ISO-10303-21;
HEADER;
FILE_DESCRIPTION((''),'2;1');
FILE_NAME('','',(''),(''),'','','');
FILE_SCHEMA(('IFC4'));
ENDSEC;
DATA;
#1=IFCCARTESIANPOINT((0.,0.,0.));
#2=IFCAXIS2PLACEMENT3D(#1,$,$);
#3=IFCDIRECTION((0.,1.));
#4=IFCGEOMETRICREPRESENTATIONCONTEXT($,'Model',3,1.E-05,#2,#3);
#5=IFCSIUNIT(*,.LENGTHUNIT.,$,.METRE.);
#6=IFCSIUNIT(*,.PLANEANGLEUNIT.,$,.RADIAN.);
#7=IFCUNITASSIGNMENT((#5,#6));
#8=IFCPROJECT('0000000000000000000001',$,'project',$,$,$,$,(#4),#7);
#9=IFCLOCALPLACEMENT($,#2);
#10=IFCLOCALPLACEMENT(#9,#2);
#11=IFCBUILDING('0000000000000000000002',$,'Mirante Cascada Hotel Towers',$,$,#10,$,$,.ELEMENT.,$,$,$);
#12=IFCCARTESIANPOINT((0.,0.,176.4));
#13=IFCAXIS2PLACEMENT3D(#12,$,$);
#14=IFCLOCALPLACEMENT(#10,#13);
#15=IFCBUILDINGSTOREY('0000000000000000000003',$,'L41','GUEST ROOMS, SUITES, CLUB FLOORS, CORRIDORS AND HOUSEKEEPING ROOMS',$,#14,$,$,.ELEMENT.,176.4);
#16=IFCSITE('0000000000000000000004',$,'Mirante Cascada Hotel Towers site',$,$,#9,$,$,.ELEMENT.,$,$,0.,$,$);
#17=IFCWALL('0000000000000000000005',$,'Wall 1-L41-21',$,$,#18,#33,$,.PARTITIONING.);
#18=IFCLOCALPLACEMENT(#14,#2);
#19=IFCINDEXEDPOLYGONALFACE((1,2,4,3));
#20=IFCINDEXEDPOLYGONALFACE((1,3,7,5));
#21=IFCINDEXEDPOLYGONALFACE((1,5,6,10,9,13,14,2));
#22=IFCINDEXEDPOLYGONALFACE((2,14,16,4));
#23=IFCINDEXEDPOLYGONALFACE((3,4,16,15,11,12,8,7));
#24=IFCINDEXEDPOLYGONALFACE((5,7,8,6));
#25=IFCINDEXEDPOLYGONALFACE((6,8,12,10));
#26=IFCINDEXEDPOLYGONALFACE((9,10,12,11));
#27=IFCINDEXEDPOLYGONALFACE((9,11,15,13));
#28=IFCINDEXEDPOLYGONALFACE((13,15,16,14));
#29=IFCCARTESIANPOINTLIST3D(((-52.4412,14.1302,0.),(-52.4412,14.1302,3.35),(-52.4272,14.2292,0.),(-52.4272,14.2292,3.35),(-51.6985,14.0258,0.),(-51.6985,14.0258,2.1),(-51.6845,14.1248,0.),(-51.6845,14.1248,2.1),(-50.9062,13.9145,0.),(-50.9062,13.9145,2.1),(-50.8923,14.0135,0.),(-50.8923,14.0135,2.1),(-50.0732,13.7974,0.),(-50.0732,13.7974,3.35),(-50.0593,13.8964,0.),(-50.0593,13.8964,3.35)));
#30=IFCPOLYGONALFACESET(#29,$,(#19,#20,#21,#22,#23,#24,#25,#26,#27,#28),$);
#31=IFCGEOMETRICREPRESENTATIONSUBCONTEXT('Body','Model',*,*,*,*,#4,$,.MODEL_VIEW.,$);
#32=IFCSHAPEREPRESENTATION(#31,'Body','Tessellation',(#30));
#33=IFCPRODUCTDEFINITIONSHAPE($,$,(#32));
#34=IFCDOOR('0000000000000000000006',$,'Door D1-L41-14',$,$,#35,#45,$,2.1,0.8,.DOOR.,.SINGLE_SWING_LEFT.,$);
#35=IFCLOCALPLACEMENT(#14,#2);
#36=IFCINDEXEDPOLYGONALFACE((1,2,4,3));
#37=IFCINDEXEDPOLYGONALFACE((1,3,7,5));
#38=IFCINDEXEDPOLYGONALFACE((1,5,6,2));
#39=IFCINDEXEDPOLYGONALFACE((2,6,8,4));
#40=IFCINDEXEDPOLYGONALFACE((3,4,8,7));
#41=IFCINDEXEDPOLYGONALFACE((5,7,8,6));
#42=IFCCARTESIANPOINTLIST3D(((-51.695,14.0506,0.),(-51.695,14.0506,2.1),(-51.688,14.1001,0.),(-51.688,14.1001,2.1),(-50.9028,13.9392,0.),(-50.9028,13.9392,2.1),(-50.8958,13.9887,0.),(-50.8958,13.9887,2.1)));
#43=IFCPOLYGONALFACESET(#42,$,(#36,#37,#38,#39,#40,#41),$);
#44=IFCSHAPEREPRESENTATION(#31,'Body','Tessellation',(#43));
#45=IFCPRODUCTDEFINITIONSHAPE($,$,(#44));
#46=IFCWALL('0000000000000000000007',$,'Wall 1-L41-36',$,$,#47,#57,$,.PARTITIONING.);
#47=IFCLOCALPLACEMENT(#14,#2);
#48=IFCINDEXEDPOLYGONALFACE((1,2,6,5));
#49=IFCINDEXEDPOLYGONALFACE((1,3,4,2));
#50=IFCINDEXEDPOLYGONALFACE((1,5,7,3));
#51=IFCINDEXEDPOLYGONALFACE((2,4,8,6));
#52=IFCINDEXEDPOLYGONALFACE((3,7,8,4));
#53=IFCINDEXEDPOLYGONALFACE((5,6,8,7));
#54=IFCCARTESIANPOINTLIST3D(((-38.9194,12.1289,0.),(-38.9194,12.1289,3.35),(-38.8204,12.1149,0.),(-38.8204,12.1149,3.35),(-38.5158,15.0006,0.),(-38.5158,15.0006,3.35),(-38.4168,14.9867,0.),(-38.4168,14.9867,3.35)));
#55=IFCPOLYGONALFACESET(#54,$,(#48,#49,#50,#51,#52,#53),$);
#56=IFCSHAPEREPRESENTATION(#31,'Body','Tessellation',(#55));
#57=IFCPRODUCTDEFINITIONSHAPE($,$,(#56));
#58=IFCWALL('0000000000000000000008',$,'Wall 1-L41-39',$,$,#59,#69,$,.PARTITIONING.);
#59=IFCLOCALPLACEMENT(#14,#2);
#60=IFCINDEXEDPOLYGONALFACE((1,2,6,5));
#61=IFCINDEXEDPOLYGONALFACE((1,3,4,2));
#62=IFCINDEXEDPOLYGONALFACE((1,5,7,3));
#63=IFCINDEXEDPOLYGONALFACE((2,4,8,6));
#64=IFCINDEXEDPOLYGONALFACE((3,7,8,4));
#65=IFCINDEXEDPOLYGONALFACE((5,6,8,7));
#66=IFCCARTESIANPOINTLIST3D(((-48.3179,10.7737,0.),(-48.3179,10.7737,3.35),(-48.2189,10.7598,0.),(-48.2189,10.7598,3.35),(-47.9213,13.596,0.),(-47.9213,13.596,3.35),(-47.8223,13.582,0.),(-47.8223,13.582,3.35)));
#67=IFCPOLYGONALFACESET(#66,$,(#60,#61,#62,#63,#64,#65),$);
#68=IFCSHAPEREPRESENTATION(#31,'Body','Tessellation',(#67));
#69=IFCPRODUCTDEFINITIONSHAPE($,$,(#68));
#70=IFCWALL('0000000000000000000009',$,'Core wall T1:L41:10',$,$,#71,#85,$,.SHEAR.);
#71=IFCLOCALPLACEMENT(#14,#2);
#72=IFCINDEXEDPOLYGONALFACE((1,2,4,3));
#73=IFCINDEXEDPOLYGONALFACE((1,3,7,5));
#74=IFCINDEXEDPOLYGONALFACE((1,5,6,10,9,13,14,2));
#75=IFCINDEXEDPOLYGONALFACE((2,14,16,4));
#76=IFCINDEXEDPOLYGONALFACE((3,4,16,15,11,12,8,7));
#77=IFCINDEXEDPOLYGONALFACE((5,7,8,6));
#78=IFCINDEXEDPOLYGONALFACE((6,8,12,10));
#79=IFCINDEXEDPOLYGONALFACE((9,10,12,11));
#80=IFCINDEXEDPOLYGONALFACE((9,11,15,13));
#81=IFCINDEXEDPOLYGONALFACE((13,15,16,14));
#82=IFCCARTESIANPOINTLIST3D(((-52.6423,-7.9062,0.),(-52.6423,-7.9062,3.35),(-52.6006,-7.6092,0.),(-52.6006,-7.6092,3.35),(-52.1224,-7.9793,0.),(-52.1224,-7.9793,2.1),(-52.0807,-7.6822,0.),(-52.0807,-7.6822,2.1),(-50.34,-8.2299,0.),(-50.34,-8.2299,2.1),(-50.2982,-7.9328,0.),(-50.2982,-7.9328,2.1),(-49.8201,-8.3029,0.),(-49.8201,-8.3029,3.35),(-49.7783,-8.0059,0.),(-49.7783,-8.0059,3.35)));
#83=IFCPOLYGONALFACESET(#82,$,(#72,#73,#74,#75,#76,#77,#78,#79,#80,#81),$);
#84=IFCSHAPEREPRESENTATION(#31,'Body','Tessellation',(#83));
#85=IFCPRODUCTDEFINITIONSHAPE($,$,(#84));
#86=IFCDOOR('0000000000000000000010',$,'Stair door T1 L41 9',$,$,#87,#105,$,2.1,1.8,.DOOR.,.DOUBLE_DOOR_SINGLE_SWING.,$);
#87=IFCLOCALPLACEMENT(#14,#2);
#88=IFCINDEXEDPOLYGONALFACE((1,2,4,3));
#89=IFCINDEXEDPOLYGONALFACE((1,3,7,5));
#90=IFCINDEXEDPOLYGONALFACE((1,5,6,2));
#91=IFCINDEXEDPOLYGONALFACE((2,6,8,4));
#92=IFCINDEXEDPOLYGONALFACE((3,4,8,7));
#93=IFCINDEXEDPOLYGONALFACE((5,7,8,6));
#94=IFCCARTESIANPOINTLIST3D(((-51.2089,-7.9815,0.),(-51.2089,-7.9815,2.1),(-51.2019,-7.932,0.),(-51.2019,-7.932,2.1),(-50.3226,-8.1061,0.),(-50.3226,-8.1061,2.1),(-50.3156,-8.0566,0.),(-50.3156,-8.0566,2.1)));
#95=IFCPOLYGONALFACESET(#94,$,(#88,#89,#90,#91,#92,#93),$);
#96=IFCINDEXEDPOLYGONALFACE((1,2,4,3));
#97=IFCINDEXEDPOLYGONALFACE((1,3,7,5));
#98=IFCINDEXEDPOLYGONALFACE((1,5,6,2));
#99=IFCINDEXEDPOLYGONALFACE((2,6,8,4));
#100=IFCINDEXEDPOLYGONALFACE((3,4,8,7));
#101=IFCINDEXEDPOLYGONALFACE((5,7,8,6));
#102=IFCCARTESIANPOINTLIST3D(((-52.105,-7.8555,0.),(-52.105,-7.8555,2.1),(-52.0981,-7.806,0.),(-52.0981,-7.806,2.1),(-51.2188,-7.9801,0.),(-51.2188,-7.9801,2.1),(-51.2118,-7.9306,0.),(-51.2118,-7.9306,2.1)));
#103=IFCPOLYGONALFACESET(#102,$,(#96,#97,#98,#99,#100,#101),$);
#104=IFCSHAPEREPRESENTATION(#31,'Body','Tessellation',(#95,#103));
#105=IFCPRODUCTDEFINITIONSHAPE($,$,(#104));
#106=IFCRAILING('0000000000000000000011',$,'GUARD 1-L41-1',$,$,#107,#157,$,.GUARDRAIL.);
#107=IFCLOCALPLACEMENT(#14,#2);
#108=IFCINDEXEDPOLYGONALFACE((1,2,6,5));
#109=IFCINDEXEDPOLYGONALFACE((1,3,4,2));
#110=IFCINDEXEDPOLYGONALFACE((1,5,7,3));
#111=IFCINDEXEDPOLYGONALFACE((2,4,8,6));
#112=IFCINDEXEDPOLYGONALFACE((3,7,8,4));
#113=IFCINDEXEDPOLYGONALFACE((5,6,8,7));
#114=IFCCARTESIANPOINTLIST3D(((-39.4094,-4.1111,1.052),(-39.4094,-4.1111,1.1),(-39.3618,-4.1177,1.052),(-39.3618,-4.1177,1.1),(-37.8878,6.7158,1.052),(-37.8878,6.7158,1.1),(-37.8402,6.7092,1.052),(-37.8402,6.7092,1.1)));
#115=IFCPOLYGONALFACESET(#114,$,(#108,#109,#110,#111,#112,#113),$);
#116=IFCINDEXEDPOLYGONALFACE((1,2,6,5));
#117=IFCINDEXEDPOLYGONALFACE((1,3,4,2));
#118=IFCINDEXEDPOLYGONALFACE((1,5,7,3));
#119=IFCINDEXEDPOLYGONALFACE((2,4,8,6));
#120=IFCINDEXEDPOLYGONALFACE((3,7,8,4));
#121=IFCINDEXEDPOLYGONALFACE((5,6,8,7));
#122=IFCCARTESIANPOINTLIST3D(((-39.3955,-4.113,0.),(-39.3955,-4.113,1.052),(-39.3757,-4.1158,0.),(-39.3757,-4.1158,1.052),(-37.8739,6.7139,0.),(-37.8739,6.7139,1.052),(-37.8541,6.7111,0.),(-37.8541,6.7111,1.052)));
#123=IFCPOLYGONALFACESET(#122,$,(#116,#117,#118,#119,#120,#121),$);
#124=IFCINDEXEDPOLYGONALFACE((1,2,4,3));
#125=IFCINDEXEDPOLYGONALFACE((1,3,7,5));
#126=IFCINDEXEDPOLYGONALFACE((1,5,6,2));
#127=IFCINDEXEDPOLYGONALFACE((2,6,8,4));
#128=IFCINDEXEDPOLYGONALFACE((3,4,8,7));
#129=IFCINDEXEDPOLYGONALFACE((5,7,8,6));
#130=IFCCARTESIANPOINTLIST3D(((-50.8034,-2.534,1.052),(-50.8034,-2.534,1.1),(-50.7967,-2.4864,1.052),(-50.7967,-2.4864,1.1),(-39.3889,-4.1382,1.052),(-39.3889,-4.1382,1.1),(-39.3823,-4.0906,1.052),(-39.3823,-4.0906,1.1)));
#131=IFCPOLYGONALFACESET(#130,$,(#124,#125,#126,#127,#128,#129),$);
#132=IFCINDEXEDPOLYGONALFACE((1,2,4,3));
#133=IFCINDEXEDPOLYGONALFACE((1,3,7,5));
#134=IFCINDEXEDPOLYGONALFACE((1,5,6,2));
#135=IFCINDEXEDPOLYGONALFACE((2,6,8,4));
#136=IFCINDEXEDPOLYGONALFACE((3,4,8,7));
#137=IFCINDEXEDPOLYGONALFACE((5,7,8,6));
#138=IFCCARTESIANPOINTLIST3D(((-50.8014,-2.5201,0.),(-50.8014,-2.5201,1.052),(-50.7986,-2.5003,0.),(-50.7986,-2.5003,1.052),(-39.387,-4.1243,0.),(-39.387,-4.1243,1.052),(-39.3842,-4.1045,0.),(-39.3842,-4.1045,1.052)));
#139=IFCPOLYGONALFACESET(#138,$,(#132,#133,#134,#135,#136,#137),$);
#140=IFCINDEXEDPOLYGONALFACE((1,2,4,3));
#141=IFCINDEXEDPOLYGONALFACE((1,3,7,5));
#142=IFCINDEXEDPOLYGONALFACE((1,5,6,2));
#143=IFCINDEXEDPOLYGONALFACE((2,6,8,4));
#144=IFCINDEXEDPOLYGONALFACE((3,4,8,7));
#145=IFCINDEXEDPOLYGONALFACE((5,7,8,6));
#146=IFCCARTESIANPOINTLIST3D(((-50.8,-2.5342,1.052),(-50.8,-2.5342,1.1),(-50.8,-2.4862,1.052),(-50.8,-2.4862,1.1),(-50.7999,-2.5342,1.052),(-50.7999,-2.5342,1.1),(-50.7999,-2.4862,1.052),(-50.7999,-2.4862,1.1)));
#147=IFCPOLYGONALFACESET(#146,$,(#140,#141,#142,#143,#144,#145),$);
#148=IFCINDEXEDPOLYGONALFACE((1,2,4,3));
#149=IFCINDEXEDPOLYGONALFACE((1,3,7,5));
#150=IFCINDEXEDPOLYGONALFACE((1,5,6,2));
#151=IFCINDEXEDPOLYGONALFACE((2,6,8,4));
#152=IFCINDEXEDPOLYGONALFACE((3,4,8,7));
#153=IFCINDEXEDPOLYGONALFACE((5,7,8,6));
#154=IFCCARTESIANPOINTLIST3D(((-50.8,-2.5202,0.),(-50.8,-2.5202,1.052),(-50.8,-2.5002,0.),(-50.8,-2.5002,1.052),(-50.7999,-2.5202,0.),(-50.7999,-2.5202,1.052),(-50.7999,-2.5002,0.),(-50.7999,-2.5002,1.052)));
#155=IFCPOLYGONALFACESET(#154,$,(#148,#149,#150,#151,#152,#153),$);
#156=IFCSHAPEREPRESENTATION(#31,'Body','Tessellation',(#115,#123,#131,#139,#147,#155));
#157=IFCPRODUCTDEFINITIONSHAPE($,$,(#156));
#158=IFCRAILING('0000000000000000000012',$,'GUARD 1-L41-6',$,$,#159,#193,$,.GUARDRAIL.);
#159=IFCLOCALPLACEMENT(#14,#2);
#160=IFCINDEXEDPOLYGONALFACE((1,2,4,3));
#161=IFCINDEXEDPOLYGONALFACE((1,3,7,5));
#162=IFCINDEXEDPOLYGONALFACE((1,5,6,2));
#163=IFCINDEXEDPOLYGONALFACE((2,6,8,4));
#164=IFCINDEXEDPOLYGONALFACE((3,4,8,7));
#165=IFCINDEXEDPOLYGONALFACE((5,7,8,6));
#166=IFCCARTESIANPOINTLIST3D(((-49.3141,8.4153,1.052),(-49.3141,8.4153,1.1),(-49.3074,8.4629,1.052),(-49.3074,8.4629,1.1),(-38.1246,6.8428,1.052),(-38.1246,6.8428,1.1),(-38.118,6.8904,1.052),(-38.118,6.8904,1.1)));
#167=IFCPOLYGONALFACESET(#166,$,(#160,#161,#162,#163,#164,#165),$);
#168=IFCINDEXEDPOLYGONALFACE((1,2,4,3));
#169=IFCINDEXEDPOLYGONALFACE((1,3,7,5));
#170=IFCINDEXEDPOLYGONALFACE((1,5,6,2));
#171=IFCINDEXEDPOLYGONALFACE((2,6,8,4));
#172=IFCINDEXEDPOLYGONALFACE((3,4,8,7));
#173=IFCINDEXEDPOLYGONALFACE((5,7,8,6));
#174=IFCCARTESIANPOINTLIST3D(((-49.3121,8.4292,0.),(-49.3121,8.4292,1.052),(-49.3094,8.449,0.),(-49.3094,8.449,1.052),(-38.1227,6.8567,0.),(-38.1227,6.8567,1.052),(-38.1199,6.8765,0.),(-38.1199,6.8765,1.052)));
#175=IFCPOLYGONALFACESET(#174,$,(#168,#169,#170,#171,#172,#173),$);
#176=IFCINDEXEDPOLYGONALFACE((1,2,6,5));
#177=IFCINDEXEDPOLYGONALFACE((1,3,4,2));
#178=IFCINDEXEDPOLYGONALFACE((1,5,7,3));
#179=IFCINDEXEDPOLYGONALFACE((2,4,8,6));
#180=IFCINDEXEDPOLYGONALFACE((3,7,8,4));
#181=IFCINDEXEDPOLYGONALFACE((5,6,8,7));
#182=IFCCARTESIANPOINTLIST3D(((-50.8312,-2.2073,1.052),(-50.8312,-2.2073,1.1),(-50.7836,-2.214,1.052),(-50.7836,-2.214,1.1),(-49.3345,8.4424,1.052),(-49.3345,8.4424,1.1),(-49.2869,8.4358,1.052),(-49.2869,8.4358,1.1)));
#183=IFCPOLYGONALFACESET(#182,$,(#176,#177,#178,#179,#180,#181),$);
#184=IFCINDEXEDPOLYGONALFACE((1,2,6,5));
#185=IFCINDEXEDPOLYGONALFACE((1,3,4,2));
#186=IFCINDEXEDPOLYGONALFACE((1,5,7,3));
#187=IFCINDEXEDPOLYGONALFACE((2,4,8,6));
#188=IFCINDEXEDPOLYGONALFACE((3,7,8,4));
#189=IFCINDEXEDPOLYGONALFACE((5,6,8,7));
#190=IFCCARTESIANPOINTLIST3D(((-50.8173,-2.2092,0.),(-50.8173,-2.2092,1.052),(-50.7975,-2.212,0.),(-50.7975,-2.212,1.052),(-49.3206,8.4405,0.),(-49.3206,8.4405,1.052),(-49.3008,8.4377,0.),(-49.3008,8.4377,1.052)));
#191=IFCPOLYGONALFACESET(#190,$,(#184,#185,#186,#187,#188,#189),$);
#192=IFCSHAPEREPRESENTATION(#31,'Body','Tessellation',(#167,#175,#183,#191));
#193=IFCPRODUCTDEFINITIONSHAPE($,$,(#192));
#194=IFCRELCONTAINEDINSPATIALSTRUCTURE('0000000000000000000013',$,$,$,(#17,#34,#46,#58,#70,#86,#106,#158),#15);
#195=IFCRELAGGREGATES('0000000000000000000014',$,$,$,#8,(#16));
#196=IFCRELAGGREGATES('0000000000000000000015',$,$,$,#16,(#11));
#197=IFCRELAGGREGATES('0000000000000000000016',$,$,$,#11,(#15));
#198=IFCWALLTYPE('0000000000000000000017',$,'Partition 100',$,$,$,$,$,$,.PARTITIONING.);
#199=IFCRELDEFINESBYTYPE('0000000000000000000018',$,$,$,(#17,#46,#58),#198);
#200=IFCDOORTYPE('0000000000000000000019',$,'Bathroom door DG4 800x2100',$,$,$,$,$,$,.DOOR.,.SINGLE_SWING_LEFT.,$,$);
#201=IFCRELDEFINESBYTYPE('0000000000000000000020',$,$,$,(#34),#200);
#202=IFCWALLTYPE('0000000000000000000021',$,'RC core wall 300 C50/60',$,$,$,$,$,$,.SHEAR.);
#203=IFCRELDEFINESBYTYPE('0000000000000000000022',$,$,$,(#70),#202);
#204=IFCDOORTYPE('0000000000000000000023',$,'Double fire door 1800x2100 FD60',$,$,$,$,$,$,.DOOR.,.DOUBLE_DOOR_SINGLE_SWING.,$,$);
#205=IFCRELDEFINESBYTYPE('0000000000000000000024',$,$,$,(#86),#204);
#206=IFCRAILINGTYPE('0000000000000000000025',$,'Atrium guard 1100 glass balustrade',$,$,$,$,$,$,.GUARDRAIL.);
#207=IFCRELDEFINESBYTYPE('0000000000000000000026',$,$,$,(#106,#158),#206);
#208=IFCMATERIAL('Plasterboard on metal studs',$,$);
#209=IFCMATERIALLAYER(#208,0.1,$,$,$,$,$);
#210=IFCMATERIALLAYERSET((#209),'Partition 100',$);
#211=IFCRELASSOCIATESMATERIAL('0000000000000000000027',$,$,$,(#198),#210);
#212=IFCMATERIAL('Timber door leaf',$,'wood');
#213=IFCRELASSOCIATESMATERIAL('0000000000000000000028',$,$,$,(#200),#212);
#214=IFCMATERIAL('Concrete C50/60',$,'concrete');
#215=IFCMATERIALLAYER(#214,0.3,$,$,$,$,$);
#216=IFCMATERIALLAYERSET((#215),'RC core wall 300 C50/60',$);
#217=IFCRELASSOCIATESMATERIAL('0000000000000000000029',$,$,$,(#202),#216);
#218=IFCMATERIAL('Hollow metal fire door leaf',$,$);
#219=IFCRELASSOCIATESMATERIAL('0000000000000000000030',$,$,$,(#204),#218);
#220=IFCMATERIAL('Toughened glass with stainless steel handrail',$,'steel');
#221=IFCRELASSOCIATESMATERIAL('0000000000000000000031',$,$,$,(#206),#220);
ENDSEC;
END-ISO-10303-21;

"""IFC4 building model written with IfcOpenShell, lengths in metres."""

from ifc_helpers import new_model, si_unit, direction, frame, frame_2d, origin, origin_2d, place, context, subcontext, project, spatial, rectangle, extrude, material, layer, layer_set, type_object, element, fill, save


model = new_model("IFC4")

# Units and contexts
model_context = context("Model", 3, precision=1e-05, world=origin(), true_north=direction((0.0, 1.0)))
body_context = subcontext(model_context, "Body", "Model", "MODEL_VIEW")
ifc_project = project(units=[si_unit("LENGTHUNIT", "METRE"), si_unit("PLANEANGLEUNIT", "RADIAN")], contexts=[model_context])

# Site, building, storey
site_placement = place(None, origin())
site = spatial("IfcSite", under=ifc_project, at=site_placement, Name="Mirante Cascada Hotel Towers site", CompositionType="ELEMENT", RefElevation=0.0)
building_placement = place(site_placement, origin())
building = spatial("IfcBuilding", under=site, at=building_placement, Name="Mirante Cascada Hotel Towers", CompositionType="ELEMENT")
storey_placement = place(building_placement, frame((0.0, 0.0, 176.4)))
storey = spatial("IfcBuildingStorey", under=building, at=storey_placement, Name="L41", Description="GUEST ROOMS, SUITES, CLUB FLOORS, CORRIDORS AND HOUSEKEEPING ROOMS", CompositionType="ELEMENT", Elevation=176.4)

# Shared definitions
ifc_material_1 = material(Name="Plasterboard on metal studs")
ifc_layer_1 = layer(ifc_material_1, 0.1)
ifc_layer_set_1 = layer_set([ifc_layer_1], Name="Partition 100")
wall_type_1 = type_object("IfcWallType", Name="Partition 100", PredefinedType="PARTITIONING", material=ifc_layer_set_1)

# Wall, opening, door
ifc_material_2 = material(Name="Timber door leaf", Category="wood")
door_type_1 = type_object("IfcDoorType", Name="Bathroom door DG4 800x2100", OperationType="SINGLE_SWING_LEFT", PredefinedType="DOOR", material=ifc_material_2)
wall_1_placement = place(storey_placement, frame((-52.4342, 14.1797, 0.0), z_axis=(0.0, 0.0, 1.0), x_axis=(0.990267, -0.139179, 0.0)))
wall_1 = element("IfcWall", 1, at=wall_1_placement, inside=storey, type_object=wall_type_1, Name="Wall 1-L41-21", PredefinedType="PARTITIONING", context=body_context, shape_type="SweptSolid", body=[
    extrude(rectangle(XDim=2.3912, YDim=0.1, at=frame_2d((1.1956, 0.0))), origin(), (0.0, 0.0, 1.0), 3.35),
])
opening_1_placement = place(wall_1_placement, frame((0.75, 0.0, 0.0)))
opening_1 = element("IfcOpeningElement", 2, at=opening_1_placement, cuts=wall_1, PredefinedType="OPENING", context=body_context, shape_type="SweptSolid", body=[
    extrude(rectangle(XDim=0.8, YDim=2.1, at=frame_2d((0.4, 1.05))), frame((0.0, 0.05, 0.0), z_axis=(0.0, -1.0, 0.0), x_axis=(1.0, 0.0, 0.0)), (0.0, 0.0, 1.0), 0.1),
])
door_1_placement = place(opening_1_placement, origin())
door_1 = element("IfcDoor", 3, at=door_1_placement, inside=storey, type_object=door_type_1, Name="Door D1-L41-14", OperationType="SINGLE_SWING_LEFT", OverallHeight=2.1, OverallWidth=0.8, PredefinedType="DOOR", context=body_context, shape_type="SweptSolid", body=[
    extrude(rectangle(XDim=0.8, YDim=2.1, at=frame_2d((0.4, 1.05))), frame((0.0, 0.025, 0.0), z_axis=(0.0, -1.0, 0.0), x_axis=(1.0, 0.0, 0.0)), (0.0, 0.0, 1.0), 0.05),
])
fill(opening_1, door_1)

# Walls
wall_2_placement = place(storey_placement, frame((-38.8699, 12.1219, 0.0), z_axis=(0.0, 0.0, 1.0), x_axis=(0.139171, 0.990268, 0.0)))
element("IfcWall", 4, at=wall_2_placement, inside=storey, type_object=wall_type_1, Name="Wall 1-L41-36", PredefinedType="PARTITIONING", context=body_context, shape_type="SweptSolid", body=[
    extrude(rectangle(XDim=2.9, YDim=0.1, at=frame_2d((1.45, 0.0))), origin(), (0.0, 0.0, 1.0), 3.35),
])
wall_3_placement = place(storey_placement, frame((-47.8718, 13.589, 0.0), z_axis=(0.0, 0.0, 1.0), x_axis=(-0.139156, -0.99027, 0.0)))
element("IfcWall", 5, at=wall_3_placement, inside=storey, type_object=wall_type_1, Name="Wall 1-L41-39", PredefinedType="PARTITIONING", context=body_context, shape_type="SweptSolid", body=[
    extrude(rectangle(XDim=2.85, YDim=0.1, at=frame_2d((1.425, 0.0))), origin(), (0.0, 0.0, 1.0), 3.35),
])

# Wall, opening, door
ifc_material_3 = material(Name="Concrete C50/60", Category="concrete")
ifc_layer_2 = layer(ifc_material_3, 0.3)
ifc_layer_set_2 = layer_set([ifc_layer_2], Name="RC core wall 300 C50/60")
wall_type_2 = type_object("IfcWallType", Name="RC core wall 300 C50/60", PredefinedType="SHEAR", material=ifc_layer_set_2)
wall_4_placement = place(storey_placement, frame((-49.7992, -8.1544, 0.0), z_axis=(0.0, 0.0, 1.0), x_axis=(-0.990266, 0.139191, 0.0)))
wall_4 = element("IfcWall", 6, at=wall_4_placement, inside=storey, type_object=wall_type_2, Name="Core wall T1:L41:10", PredefinedType="SHEAR", context=body_context, shape_type="SweptSolid", body=[
    extrude(rectangle(XDim=2.85, YDim=0.3, at=frame_2d((1.425, 0.0))), origin(), (0.0, 0.0, 1.0), 3.35),
])
opening_2_placement = place(wall_4_placement, frame((0.525, 0.0, 0.0)))
opening_2 = element("IfcOpeningElement", 7, at=opening_2_placement, cuts=wall_4, PredefinedType="OPENING", context=body_context, shape_type="SweptSolid", body=[
    extrude(rectangle(XDim=1.8, YDim=2.1, at=frame_2d((0.9, 1.05))), frame((0.0, 0.15, 0.0), z_axis=(0.0, -1.0, 0.0), x_axis=(1.0, 0.0, 0.0)), (0.0, 0.0, 1.0), 0.3),
])
ifc_material_4 = material(Name="Hollow metal fire door leaf")
door_type_2 = type_object("IfcDoorType", Name="Double fire door 1800x2100 FD60", OperationType="DOUBLE_DOOR_SINGLE_SWING", PredefinedType="DOOR", material=ifc_material_4)
door_2_placement = place(opening_2_placement, origin())
door_2 = element("IfcDoor", 8, at=door_2_placement, inside=storey, type_object=door_type_2, Name="Stair door T1 L41 9", OperationType="DOUBLE_DOOR_SINGLE_SWING", OverallHeight=2.1, OverallWidth=1.8, PredefinedType="DOOR", context=body_context, shape_type="SweptSolid", body=[
    extrude(rectangle(XDim=0.895, YDim=2.1, at=frame_2d((0.4475, 1.05))), frame((0.0, 0.025, 0.0), z_axis=(0.0, -1.0, 0.0), x_axis=(1.0, 0.0, 0.0)), (0.0, 0.0, 1.0), 0.05),
    extrude(rectangle(XDim=0.895, YDim=2.1, at=frame_2d((1.3525, 1.05))), frame((0.0, 0.025, 0.0), z_axis=(0.0, -1.0, 0.0), x_axis=(1.0, 0.0, 0.0)), (0.0, 0.0, 1.0), 0.05),
])
fill(opening_2, door_2)

# Railings
ifc_material_5 = material(Name="Toughened glass with stainless steel handrail", Category="steel")
railing_type = type_object("IfcRailingType", Name="Atrium guard 1100 glass balustrade", PredefinedType="GUARDRAIL", material=ifc_material_5)
railing_1_placement = place(storey_placement, frame((-37.864, 6.7125, 0.0)))
element("IfcRailing", 9, at=railing_1_placement, inside=storey, type_object=railing_type, Name="GUARD 1-L41-1", PredefinedType="GUARDRAIL", context=body_context, shape_type="SweptSolid", body=[
    extrude(rectangle(XDim=0.048, YDim=0.048, at=origin_2d()), frame((0.0, 0.0, 1.076), z_axis=(-0.139171, -0.990268, 0.0), x_axis=(0.990268, -0.139171, 0.0)), (0.0, 0.0, 1.0), 10.9333),
    extrude(rectangle(XDim=0.02, YDim=1.052, at=origin_2d()), frame((0.0, 0.0, 0.526), z_axis=(-0.139171, -0.990268, 0.0), x_axis=(0.990268, -0.139171, 0.0)), (0.0, 0.0, 1.0), 10.9333),
    extrude(rectangle(XDim=0.048, YDim=0.048, at=origin_2d()), frame((-1.5216, -10.8269, 1.076), z_axis=(-0.990268, 0.139174, 0.0), x_axis=(-0.139174, -0.990268, 0.0)), (0.0, 0.0, 1.0), 11.5266),
    extrude(rectangle(XDim=0.02, YDim=1.052, at=origin_2d()), frame((-1.5216, -10.8269, 0.526), z_axis=(-0.990268, 0.139174, 0.0), x_axis=(-0.139174, -0.990268, 0.0)), (0.0, 0.0, 1.0), 11.5266),
    extrude(rectangle(XDim=0.048, YDim=0.048, at=origin_2d()), frame((-12.936, -9.2227, 1.076), z_axis=(1.0, 0.0, 0.0), x_axis=(0.0, 1.0, 0.0)), (0.0, 0.0, 1.0), 0.0001),
    extrude(rectangle(XDim=0.02, YDim=1.052, at=origin_2d()), frame((-12.936, -9.2227, 0.526), z_axis=(1.0, 0.0, 0.0), x_axis=(0.0, 1.0, 0.0)), (0.0, 0.0, 1.0), 0.0001),
])
railing_2_placement = place(storey_placement, frame((-38.1213, 6.8666, 0.0)))
element("IfcRailing", 10, at=railing_2_placement, inside=storey, type_object=railing_type, Name="GUARD 1-L41-6", PredefinedType="GUARDRAIL", context=body_context, shape_type="SweptSolid", body=[
    extrude(rectangle(XDim=0.048, YDim=0.048, at=origin_2d()), frame((0.0, 0.0, 1.076), z_axis=(-0.990269, 0.139167, 0.0), x_axis=(-0.139167, -0.990269, 0.0)), (0.0, 0.0, 1.0), 11.2994),
    extrude(rectangle(XDim=0.02, YDim=1.052, at=origin_2d()), frame((0.0, 0.0, 0.526), z_axis=(-0.990269, 0.139167, 0.0), x_axis=(-0.139167, -0.990269, 0.0)), (0.0, 0.0, 1.0), 11.2994),
    extrude(rectangle(XDim=0.048, YDim=0.048, at=origin_2d()), frame((-11.1894, 1.5725, 1.076), z_axis=(-0.139172, -0.990268, 0.0), x_axis=(0.990268, -0.139172, 0.0)), (0.0, 0.0, 1.0), 10.7544),
    extrude(rectangle(XDim=0.02, YDim=1.052, at=origin_2d()), frame((-11.1894, 1.5725, 0.526), z_axis=(-0.139172, -0.990268, 0.0), x_axis=(0.990268, -0.139172, 0.0)), (0.0, 0.0, 1.0), 10.7544),
])

save(model, "model.ifc")
